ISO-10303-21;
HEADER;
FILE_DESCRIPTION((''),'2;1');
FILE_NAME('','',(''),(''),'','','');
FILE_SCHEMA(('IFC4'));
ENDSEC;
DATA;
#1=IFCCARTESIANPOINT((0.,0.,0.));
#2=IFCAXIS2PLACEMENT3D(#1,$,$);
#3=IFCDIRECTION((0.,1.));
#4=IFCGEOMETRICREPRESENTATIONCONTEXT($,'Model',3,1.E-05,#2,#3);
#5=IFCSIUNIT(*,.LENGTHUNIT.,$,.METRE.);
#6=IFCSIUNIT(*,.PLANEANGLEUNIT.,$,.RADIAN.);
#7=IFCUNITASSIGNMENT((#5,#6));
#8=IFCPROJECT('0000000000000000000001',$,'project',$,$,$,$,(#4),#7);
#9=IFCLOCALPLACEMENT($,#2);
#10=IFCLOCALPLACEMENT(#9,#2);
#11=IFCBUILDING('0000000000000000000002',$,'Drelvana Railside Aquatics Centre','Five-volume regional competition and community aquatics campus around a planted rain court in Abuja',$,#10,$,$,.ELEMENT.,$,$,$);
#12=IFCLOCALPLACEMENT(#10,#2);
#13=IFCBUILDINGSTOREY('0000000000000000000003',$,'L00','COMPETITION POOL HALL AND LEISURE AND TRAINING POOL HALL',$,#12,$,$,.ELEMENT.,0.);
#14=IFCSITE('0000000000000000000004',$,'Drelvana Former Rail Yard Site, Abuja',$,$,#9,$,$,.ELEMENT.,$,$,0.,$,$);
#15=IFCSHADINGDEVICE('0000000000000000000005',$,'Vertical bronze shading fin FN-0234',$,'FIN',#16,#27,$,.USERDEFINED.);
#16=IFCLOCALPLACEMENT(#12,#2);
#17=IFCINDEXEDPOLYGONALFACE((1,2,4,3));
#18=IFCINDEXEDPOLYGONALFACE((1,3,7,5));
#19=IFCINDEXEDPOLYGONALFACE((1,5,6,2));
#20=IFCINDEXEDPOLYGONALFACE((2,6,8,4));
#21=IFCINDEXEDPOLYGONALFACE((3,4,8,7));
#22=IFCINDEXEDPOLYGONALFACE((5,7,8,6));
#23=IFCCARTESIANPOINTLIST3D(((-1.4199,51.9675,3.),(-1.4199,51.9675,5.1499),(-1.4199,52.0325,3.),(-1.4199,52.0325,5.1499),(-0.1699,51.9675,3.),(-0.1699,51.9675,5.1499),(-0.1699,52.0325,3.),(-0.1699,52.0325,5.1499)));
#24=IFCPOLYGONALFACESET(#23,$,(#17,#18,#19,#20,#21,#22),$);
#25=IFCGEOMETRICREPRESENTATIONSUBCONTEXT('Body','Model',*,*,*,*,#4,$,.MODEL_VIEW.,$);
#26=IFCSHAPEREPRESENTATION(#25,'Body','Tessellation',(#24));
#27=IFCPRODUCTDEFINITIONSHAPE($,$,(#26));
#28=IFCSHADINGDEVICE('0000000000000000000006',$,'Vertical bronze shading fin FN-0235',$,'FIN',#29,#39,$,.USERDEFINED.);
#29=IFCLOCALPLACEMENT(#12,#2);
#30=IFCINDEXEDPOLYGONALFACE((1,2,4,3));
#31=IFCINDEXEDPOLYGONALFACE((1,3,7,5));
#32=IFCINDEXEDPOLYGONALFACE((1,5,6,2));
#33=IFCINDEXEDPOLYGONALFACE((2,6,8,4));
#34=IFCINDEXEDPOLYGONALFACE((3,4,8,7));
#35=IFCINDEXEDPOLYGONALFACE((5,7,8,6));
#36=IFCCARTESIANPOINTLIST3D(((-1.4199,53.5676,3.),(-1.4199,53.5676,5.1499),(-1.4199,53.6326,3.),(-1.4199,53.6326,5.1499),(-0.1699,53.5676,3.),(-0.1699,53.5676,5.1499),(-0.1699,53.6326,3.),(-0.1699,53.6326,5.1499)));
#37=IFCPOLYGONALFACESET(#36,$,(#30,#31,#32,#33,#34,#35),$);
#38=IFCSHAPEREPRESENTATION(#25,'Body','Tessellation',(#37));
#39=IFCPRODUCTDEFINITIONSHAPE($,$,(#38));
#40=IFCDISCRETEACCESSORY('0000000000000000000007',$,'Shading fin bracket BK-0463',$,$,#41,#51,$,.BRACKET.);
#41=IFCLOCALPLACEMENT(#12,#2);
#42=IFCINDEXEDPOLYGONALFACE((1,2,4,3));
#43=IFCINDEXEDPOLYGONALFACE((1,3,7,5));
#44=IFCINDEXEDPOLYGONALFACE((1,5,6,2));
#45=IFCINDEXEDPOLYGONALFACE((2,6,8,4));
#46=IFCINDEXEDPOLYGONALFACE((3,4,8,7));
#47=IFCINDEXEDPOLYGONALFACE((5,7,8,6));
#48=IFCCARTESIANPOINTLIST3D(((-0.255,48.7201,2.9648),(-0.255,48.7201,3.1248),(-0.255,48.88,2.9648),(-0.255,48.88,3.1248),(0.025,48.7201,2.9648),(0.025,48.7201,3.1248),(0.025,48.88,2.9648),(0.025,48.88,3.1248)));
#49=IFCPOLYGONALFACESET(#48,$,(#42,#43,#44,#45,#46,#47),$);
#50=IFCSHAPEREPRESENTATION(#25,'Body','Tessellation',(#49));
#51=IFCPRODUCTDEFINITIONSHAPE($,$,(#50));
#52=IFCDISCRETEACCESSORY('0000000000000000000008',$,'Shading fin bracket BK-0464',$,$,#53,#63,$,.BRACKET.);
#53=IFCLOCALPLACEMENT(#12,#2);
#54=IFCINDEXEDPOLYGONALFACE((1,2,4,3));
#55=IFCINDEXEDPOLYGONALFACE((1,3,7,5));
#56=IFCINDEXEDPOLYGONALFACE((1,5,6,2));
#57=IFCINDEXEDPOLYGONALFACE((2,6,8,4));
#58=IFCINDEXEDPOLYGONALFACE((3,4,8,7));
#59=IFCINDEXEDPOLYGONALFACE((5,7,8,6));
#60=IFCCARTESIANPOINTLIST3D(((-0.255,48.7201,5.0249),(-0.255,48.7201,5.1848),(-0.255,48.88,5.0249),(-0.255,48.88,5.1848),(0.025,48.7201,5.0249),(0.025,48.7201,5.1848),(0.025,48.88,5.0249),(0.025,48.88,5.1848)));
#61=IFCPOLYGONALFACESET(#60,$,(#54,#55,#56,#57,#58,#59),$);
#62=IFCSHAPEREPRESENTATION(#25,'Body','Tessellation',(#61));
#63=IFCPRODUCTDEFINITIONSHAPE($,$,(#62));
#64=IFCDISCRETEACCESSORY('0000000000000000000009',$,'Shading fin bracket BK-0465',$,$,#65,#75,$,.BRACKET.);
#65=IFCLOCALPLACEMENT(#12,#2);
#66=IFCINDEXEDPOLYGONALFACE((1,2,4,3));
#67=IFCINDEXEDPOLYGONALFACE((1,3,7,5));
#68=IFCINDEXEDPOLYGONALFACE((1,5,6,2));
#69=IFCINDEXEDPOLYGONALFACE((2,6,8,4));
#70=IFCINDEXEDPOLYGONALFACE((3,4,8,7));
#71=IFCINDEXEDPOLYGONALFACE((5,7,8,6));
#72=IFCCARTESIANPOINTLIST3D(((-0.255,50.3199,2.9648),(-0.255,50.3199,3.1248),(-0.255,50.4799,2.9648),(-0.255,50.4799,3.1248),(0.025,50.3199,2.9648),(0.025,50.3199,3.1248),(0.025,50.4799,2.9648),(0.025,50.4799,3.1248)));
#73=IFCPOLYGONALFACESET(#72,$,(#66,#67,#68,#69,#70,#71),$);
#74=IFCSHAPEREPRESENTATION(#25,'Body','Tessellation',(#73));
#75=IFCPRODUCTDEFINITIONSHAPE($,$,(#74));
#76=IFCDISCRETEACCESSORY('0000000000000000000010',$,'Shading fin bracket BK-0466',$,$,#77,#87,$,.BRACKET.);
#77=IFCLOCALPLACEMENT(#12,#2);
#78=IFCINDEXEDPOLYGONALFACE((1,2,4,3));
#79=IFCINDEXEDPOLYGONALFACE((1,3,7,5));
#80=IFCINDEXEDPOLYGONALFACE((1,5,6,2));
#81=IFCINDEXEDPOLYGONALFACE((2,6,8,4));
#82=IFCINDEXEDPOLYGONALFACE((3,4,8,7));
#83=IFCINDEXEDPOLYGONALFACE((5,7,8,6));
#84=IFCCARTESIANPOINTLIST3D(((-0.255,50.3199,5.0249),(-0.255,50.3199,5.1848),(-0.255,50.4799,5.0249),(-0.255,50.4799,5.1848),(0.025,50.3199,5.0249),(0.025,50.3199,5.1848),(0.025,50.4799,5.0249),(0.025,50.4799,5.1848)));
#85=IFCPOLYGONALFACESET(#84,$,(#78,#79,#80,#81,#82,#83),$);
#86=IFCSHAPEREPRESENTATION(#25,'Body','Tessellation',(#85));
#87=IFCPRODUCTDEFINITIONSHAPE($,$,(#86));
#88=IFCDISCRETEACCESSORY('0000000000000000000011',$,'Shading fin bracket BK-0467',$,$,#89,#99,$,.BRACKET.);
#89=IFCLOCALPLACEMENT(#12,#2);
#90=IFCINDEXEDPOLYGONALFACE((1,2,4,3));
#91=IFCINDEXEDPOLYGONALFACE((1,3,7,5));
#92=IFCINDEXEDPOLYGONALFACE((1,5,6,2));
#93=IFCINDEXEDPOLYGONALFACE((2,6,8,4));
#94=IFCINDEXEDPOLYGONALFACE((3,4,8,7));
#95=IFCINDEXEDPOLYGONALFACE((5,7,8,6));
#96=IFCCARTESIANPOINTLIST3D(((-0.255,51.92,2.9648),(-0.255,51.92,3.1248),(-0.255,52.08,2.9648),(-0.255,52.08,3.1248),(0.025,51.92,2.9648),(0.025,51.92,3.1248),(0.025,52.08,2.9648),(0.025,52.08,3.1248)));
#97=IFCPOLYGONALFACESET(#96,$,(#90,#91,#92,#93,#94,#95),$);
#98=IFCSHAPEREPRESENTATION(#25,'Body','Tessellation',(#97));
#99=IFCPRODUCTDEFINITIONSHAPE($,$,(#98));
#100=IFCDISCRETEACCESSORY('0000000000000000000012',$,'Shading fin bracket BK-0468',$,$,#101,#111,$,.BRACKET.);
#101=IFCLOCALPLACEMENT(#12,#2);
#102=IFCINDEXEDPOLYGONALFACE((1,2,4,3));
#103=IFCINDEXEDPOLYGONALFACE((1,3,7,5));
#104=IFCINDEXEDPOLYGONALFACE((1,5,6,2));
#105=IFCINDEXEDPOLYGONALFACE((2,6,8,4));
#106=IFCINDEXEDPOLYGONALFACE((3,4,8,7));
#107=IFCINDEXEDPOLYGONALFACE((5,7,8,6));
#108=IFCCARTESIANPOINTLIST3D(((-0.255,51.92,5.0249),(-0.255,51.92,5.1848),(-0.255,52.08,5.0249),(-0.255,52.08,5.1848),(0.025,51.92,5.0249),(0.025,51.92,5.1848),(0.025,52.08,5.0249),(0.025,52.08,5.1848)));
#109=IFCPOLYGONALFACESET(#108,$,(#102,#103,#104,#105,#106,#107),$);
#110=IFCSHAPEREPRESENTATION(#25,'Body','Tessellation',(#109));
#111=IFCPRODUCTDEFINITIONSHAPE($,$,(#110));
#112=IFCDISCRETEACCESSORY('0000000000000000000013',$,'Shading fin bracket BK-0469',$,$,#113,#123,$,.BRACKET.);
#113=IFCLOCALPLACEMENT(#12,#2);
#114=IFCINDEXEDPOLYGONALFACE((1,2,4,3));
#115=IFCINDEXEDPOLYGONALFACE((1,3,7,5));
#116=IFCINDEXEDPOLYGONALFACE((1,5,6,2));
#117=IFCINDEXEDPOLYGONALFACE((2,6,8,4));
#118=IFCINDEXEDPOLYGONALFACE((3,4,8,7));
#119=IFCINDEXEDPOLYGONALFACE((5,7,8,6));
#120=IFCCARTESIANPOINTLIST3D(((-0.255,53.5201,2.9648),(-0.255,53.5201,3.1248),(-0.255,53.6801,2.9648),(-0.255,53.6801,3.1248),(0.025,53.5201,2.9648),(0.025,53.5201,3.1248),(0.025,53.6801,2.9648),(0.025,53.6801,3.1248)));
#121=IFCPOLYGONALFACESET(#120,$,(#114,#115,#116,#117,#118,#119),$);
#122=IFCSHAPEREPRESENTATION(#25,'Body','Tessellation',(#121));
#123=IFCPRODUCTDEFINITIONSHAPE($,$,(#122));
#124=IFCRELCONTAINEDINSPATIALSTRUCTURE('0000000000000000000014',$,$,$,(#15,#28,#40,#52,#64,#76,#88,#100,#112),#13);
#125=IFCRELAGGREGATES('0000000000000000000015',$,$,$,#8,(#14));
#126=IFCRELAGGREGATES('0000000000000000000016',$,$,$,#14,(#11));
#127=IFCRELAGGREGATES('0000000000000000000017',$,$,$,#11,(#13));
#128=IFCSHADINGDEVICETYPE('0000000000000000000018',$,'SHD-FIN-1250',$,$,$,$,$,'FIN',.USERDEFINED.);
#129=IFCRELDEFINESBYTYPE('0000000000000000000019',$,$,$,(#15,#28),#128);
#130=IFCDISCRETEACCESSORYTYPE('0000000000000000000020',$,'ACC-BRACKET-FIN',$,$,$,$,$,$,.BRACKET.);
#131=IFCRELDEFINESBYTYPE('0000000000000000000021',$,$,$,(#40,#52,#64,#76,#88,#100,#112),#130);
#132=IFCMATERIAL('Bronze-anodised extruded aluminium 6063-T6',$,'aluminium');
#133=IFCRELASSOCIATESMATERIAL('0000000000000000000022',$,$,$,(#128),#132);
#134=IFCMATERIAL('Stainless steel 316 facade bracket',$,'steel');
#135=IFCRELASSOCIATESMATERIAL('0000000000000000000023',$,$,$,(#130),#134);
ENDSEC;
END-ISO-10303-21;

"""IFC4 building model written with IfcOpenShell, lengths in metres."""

from ifc_helpers import new_model, si_unit, direction, frame, origin, origin_2d, place, context, subcontext, project, spatial, rectangle, extrude, material, type_object, element, save


model = new_model("IFC4")

# Units and contexts
model_context = context("Model", 3, precision=1e-05, world=origin(), true_north=direction((0.0, 1.0)))
body_context = subcontext(model_context, "Body", "Model", "MODEL_VIEW")
ifc_project = project(units=[si_unit("LENGTHUNIT", "METRE"), si_unit("PLANEANGLEUNIT", "RADIAN")], contexts=[model_context])

# Site, building, storey
site_placement = place(None, origin())
site = spatial("IfcSite", under=ifc_project, at=site_placement, Name="Drelvana Former Rail Yard Site, Abuja", CompositionType="ELEMENT", RefElevation=0.0)
building_placement = place(site_placement, origin())
building = spatial("IfcBuilding", under=site, at=building_placement, Name="Drelvana Railside Aquatics Centre", Description="Five-volume regional competition and community aquatics campus around a planted rain court in Abuja", CompositionType="ELEMENT")
storey_placement = place(building_placement, origin())
storey = spatial("IfcBuildingStorey", under=building, at=storey_placement, Name="L00", Description="COMPETITION POOL HALL AND LEISURE AND TRAINING POOL HALL", CompositionType="ELEMENT", Elevation=0.0)

# Shared definitions
ifc_material_1 = material(Name="Bronze-anodised extruded aluminium 6063-T6", Category="aluminium")

# Shading devices
shading_device_type = type_object("IfcShadingDeviceType", Name="SHD-FIN-1250", ElementType="FIN", PredefinedType="USERDEFINED", material=ifc_material_1)
for number, where, z_axis, x_axis, name in (
    (1, (-0.7949, 52.0, 3.0), (0.0, 0.0, 1.0), (-1.0, 0.0, 0.0), "Vertical bronze shading fin FN-0234"),
    (2, (-0.7949, 53.6001, 3.0), (0.0, 0.0, 1.0), (-1.0, 0.0, 0.0), "Vertical bronze shading fin FN-0235"),
):
    element("IfcShadingDevice", number, at=place(storey_placement, frame(where, z_axis=z_axis, x_axis=x_axis)), inside=storey, type_object=shading_device_type, Name=name, ObjectType="FIN", PredefinedType="USERDEFINED", context=body_context, shape_type="SweptSolid", body=[
        extrude(rectangle(XDim=1.25, YDim=0.0649, at=origin_2d()), origin(), (0.0, 0.0, 1.0), 2.1499),
    ])

# Discrete accessories
ifc_material_2 = material(Name="Stainless steel 316 facade bracket", Category="steel")
discrete_accessory_type = type_object("IfcDiscreteAccessoryType", Name="ACC-BRACKET-FIN", PredefinedType="BRACKET", material=ifc_material_2)
for number, where, z_axis, x_axis, name in (
    (3, (-0.115, 48.8, 2.9648), (0.0, 0.0, 1.0), (-1.0, 0.0, 0.0), "Shading fin bracket BK-0463"),
    (4, (-0.115, 48.8, 5.0249), (0.0, 0.0, 1.0), (-1.0, 0.0, 0.0), "Shading fin bracket BK-0464"),
    (5, (-0.115, 50.3999, 2.9648), (0.0, 0.0, 1.0), (-1.0, 0.0, 0.0), "Shading fin bracket BK-0465"),
    (6, (-0.115, 50.3999, 5.0249), (0.0, 0.0, 1.0), (-1.0, 0.0, 0.0), "Shading fin bracket BK-0466"),
    (7, (-0.115, 52.0, 2.9648), (0.0, 0.0, 1.0), (-1.0, 0.0, 0.0), "Shading fin bracket BK-0467"),
    (8, (-0.115, 52.0, 5.0249), (0.0, 0.0, 1.0), (-1.0, 0.0, 0.0), "Shading fin bracket BK-0468"),
    (9, (-0.115, 53.6001, 2.9648), (0.0, 0.0, 1.0), (-1.0, 0.0, 0.0), "Shading fin bracket BK-0469"),
):
    element("IfcDiscreteAccessory", number, at=place(storey_placement, frame(where, z_axis=z_axis, x_axis=x_axis)), inside=storey, type_object=discrete_accessory_type, Name=name, PredefinedType="BRACKET", context=body_context, shape_type="SweptSolid", body=[
        extrude(rectangle(XDim=0.28, YDim=0.1599, at=origin_2d()), origin(), (0.0, 0.0, 1.0), 0.1599),
    ])

save(model, "model.ifc")
